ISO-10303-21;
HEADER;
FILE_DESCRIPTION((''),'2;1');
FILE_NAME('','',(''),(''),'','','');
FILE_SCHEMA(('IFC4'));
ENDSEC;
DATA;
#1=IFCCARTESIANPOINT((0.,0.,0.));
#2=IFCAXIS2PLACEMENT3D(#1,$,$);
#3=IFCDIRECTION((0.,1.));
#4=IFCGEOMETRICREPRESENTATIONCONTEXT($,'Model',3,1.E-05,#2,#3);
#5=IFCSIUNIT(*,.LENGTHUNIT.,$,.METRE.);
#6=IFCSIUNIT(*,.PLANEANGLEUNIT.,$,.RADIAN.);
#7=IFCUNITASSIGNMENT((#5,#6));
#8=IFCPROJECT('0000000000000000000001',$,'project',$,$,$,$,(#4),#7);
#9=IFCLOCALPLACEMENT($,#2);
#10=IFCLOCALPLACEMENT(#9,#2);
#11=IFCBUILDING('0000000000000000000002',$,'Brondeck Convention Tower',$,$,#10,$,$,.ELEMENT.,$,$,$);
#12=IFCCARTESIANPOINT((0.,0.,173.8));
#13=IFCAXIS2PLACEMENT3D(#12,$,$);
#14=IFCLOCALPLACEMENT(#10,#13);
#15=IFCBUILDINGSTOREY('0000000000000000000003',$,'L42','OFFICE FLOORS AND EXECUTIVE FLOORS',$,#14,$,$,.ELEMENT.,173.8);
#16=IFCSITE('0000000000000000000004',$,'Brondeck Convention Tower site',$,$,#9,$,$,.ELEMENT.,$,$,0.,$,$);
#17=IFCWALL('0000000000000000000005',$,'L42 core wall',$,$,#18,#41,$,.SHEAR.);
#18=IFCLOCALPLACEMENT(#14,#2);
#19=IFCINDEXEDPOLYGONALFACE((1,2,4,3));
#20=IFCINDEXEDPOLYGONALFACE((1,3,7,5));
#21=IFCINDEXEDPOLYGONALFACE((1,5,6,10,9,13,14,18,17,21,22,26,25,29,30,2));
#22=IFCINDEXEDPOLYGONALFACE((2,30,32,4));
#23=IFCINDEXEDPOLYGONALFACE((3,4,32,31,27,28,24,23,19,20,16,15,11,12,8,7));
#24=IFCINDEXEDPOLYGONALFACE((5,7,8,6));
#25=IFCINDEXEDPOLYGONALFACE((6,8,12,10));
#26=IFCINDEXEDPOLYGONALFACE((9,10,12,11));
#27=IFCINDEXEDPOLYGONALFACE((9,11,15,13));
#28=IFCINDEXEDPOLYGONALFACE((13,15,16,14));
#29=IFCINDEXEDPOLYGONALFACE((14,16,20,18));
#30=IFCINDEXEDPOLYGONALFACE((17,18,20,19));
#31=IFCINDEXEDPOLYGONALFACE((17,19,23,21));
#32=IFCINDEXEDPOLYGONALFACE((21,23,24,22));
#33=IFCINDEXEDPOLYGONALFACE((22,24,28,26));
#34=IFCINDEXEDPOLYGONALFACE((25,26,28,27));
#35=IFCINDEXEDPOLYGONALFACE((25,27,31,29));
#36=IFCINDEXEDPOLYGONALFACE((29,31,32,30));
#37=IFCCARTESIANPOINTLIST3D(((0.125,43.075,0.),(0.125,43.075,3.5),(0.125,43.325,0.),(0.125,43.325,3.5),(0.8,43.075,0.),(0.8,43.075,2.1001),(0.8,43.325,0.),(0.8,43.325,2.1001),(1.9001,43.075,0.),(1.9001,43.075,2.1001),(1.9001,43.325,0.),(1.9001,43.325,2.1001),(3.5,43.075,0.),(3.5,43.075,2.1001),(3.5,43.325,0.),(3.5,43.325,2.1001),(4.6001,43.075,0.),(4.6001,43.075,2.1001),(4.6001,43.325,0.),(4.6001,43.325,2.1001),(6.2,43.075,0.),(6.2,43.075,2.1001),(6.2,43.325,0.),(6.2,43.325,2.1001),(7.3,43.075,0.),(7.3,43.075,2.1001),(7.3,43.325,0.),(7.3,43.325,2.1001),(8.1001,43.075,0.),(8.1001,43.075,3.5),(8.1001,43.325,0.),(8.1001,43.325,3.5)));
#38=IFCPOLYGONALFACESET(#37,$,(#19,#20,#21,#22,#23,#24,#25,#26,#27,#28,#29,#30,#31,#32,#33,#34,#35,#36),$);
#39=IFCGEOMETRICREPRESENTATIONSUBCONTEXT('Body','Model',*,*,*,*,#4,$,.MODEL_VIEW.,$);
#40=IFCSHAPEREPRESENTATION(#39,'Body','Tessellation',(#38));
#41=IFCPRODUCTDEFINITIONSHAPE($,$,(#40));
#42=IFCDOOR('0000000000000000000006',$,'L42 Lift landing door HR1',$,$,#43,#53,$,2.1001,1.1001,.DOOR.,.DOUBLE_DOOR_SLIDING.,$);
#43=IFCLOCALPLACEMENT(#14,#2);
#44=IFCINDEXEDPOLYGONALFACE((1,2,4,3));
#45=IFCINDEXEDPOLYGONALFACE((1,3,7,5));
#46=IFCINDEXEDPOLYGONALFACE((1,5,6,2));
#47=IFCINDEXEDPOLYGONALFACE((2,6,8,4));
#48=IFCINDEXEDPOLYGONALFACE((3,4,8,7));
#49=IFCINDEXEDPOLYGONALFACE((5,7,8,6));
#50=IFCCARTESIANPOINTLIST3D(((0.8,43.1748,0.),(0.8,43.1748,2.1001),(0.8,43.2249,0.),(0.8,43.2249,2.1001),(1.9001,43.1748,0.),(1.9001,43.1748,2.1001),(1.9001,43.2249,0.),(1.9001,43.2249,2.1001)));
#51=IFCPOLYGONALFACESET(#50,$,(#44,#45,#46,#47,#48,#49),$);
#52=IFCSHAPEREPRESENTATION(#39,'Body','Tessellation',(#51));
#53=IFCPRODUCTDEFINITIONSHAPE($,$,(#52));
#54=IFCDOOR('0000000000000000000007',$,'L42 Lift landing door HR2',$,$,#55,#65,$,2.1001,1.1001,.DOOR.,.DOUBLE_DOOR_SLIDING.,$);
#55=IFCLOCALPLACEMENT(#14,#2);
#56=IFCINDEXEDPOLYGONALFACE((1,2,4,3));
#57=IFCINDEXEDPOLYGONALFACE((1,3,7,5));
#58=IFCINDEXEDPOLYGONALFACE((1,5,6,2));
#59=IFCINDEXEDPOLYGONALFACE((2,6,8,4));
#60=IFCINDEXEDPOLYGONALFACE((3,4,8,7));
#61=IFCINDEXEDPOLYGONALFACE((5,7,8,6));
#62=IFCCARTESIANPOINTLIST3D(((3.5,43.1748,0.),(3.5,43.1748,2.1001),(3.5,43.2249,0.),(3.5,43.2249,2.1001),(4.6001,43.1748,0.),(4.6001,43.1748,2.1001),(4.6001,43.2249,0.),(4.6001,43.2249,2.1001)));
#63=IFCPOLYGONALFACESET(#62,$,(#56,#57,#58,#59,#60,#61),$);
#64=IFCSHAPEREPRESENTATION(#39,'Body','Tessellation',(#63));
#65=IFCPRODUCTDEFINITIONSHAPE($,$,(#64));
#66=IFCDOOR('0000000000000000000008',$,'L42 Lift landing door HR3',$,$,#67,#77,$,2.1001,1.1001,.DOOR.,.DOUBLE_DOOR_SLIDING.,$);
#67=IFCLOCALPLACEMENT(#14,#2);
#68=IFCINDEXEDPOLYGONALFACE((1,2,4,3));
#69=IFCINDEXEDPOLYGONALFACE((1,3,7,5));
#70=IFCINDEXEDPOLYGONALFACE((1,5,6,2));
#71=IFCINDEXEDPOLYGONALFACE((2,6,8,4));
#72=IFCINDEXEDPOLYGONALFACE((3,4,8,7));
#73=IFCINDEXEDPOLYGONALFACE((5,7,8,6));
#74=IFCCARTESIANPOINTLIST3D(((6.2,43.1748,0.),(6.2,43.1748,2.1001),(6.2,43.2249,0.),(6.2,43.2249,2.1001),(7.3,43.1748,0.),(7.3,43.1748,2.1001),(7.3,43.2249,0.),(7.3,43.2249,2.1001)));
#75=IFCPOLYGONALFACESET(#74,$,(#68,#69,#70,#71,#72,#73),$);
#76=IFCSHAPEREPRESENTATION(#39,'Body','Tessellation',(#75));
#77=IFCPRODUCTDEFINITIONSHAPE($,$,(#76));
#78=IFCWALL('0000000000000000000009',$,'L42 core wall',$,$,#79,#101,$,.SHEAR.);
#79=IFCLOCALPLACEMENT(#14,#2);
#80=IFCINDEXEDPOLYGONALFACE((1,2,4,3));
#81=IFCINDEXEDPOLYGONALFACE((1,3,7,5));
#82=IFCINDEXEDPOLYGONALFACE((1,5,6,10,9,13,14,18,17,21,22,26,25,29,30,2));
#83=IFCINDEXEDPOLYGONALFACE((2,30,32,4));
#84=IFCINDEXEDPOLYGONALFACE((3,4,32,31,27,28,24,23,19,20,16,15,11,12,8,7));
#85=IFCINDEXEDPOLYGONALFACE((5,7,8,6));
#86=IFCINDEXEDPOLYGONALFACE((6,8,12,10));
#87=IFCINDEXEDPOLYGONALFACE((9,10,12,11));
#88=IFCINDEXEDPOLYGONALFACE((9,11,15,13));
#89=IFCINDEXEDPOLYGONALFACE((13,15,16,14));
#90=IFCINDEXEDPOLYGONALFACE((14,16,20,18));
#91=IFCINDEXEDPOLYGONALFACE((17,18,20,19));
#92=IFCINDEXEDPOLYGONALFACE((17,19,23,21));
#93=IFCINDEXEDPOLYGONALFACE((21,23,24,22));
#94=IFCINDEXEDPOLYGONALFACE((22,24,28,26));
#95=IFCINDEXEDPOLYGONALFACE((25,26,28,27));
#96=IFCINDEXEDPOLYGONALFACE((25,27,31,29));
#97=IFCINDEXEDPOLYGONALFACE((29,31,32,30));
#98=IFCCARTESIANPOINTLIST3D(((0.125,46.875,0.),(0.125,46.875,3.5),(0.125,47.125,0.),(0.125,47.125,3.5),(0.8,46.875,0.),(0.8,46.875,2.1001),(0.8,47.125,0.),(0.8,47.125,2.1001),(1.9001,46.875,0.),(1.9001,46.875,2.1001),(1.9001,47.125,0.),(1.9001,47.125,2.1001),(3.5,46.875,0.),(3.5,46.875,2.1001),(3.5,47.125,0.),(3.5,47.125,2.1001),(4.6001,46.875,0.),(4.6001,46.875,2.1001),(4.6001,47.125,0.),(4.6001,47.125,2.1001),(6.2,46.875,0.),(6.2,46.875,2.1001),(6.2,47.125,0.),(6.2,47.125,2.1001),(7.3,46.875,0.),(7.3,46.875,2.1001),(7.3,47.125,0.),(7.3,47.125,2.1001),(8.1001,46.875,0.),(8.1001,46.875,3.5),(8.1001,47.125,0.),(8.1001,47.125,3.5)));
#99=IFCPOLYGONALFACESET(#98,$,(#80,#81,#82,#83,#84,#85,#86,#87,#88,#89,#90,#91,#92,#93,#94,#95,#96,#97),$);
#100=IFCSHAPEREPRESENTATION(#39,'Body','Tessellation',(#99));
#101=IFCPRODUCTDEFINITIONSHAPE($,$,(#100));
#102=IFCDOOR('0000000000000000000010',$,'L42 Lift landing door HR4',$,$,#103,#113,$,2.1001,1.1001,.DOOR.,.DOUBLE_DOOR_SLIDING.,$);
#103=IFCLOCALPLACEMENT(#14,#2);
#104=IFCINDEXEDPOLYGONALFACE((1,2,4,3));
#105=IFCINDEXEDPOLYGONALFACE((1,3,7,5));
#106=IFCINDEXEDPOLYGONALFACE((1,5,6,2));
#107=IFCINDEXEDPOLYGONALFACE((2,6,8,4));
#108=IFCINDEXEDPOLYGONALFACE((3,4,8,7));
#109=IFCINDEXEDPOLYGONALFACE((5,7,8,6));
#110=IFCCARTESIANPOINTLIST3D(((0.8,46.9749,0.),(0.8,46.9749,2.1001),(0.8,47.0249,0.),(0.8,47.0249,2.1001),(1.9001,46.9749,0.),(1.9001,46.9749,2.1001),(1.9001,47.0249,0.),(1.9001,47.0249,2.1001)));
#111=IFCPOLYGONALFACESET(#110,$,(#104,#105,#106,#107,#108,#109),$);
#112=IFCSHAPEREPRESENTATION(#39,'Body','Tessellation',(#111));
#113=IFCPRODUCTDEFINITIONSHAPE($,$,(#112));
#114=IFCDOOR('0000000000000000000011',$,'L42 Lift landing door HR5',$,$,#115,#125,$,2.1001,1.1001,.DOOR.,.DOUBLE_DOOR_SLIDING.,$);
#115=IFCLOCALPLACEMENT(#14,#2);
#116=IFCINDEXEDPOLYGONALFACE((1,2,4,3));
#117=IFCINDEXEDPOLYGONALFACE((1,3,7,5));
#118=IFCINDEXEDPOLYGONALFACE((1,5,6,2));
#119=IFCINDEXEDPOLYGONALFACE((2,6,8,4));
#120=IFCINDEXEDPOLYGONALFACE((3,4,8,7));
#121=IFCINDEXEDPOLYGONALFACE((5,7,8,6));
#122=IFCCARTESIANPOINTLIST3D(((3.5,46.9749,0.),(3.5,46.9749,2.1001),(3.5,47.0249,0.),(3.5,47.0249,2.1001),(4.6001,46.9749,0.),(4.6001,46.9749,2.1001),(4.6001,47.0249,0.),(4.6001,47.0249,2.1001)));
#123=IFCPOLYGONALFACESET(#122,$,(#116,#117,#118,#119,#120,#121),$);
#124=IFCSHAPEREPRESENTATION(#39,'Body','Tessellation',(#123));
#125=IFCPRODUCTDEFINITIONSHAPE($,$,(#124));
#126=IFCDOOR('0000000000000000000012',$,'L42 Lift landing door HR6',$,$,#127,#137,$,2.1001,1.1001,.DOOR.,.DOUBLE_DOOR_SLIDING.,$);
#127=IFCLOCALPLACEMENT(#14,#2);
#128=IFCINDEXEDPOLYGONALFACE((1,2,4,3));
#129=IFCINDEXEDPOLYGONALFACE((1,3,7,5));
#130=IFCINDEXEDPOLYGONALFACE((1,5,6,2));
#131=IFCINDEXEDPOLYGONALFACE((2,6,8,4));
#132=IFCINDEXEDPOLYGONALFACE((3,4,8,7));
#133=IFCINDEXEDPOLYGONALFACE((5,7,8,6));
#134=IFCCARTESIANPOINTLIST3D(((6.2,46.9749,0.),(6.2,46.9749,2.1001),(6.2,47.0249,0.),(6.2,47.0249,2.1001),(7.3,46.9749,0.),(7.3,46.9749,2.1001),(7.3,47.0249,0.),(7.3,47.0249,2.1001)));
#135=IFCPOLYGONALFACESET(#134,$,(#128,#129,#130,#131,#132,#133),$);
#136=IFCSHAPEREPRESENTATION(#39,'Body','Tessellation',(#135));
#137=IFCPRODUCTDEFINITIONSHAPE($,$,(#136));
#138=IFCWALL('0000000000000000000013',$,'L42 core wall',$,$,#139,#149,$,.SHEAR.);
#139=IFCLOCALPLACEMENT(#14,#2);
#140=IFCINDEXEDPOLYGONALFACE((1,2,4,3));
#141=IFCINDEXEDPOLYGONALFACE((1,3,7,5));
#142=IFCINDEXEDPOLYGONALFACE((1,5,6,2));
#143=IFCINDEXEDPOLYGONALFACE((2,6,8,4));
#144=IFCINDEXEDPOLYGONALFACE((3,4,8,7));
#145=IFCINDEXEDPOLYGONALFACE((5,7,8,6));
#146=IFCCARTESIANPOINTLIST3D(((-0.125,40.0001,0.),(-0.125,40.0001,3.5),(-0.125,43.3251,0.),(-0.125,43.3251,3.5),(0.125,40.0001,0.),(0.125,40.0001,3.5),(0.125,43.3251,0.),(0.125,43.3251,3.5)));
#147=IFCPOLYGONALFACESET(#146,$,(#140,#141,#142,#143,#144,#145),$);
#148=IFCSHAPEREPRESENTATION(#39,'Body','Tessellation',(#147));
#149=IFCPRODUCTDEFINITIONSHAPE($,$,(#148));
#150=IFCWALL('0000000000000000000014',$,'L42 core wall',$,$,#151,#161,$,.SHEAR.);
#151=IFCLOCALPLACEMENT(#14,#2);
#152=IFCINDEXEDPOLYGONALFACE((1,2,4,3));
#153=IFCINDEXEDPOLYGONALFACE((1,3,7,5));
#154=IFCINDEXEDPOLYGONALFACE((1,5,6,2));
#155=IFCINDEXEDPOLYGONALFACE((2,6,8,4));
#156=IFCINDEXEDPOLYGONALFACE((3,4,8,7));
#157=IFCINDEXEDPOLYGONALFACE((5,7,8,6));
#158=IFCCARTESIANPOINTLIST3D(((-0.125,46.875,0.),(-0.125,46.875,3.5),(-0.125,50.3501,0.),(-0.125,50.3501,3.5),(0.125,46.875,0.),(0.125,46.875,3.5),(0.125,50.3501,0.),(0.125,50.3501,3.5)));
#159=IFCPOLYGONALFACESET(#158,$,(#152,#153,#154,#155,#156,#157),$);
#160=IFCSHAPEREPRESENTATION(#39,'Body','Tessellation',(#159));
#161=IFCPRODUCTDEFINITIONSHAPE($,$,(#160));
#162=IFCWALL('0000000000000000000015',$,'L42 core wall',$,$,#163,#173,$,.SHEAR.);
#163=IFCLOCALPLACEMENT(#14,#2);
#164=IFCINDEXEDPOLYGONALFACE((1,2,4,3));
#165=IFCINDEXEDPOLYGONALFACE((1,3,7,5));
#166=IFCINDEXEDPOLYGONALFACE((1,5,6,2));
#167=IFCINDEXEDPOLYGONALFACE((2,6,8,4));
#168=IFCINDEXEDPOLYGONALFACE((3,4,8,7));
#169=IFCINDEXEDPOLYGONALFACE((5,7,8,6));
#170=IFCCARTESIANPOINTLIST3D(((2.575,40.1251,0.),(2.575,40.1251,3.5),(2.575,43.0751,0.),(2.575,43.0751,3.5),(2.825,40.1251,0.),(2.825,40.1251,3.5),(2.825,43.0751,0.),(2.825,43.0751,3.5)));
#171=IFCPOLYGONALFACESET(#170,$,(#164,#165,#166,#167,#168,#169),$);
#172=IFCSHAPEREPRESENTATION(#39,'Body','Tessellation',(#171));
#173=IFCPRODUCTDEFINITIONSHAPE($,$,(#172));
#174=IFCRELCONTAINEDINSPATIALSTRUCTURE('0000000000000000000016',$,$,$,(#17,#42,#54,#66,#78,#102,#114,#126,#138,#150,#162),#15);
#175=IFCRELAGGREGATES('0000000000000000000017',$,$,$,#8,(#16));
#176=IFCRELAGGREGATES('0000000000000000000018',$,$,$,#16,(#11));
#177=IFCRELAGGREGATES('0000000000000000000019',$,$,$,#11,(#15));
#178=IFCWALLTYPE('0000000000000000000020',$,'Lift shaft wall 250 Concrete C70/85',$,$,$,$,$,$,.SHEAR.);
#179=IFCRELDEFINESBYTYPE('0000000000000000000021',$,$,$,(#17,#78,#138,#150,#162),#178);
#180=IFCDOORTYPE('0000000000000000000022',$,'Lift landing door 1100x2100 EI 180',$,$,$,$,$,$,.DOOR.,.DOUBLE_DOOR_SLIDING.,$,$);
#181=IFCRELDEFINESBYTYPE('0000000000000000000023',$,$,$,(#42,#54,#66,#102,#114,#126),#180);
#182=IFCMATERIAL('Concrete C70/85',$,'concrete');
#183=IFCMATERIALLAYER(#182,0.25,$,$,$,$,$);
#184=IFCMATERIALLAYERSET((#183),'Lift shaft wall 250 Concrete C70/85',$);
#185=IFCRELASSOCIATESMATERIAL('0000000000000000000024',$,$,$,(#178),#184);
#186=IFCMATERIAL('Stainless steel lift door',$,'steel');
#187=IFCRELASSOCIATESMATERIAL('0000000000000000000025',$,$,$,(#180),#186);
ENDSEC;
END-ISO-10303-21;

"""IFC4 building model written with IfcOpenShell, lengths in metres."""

from ifc_helpers import new_model, si_unit, direction, frame, frame_2d, origin, place, context, subcontext, project, spatial, rectangle, extrude, material, layer, layer_set, type_object, element, fill, save


model = new_model("IFC4")

# Units and contexts
model_context = context("Model", 3, precision=1e-05, world=origin(), true_north=direction((0.0, 1.0)))
body_context = subcontext(model_context, "Body", "Model", "MODEL_VIEW")
ifc_project = project(units=[si_unit("LENGTHUNIT", "METRE"), si_unit("PLANEANGLEUNIT", "RADIAN")], contexts=[model_context])

# Site, building, storey
site_placement = place(None, origin())
site = spatial("IfcSite", under=ifc_project, at=site_placement, Name="Brondeck Convention Tower site", CompositionType="ELEMENT", RefElevation=0.0)
building_placement = place(site_placement, origin())
building = spatial("IfcBuilding", under=site, at=building_placement, Name="Brondeck Convention Tower", CompositionType="ELEMENT")
storey_placement = place(building_placement, frame((0.0, 0.0, 173.8)))
storey = spatial("IfcBuildingStorey", under=building, at=storey_placement, Name="L42", Description="OFFICE FLOORS AND EXECUTIVE FLOORS", CompositionType="ELEMENT", Elevation=173.8)

# Shared definitions
ifc_material_1 = material(Name="Concrete C70/85", Category="concrete")

# Shared definitions
ifc_layer_1 = layer(ifc_material_1, 0.25)
ifc_layer_set_1 = layer_set([ifc_layer_1], Name="Lift shaft wall 250 Concrete C70/85")
wall_type_1 = type_object("IfcWallType", Name="Lift shaft wall 250 Concrete C70/85", PredefinedType="SHEAR", material=ifc_layer_set_1)

# Walls, openings, doors
wall_1_placement = place(storey_placement, frame((0.125, 43.2, 0.0), z_axis=(0.0, 0.0, 1.0), x_axis=(1.0, 0.0, 0.0)))
wall_1 = element("IfcWall", 1, at=wall_1_placement, inside=storey, type_object=wall_type_1, Name="L42 core wall", PredefinedType="SHEAR", context=body_context, shape_type="SweptSolid", body=[
    extrude(rectangle(XDim=7.9751, YDim=0.25, at=frame_2d((3.9875, 0.0))), origin(), (0.0, 0.0, 1.0), 3.5),
])
opening_1_placement = place(wall_1_placement, frame((0.675, 0.0, 0.0)))
opening_1 = element("IfcOpeningElement", 2, at=opening_1_placement, cuts=wall_1, PredefinedType="OPENING", context=body_context, shape_type="SweptSolid", body=[
    extrude(rectangle(XDim=1.1001, YDim=2.1001, at=frame_2d((0.55, 1.05))), frame((0.0, 0.135, 0.0), z_axis=(0.0, -1.0, 0.0), x_axis=(1.0, 0.0, 0.0)), (0.0, 0.0, 1.0), 0.27),
])
opening_2_placement = place(wall_1_placement, frame((3.375, 0.0, 0.0)))
opening_2 = element("IfcOpeningElement", 3, at=opening_2_placement, cuts=wall_1, PredefinedType="OPENING", context=body_context, shape_type="SweptSolid", body=[
    extrude(rectangle(XDim=1.1001, YDim=2.1001, at=frame_2d((0.55, 1.05))), frame((0.0, 0.135, 0.0), z_axis=(0.0, -1.0, 0.0), x_axis=(1.0, 0.0, 0.0)), (0.0, 0.0, 1.0), 0.27),
])
opening_3_placement = place(wall_1_placement, frame((6.075, 0.0, 0.0)))
opening_3 = element("IfcOpeningElement", 4, at=opening_3_placement, cuts=wall_1, PredefinedType="OPENING", context=body_context, shape_type="SweptSolid", body=[
    extrude(rectangle(XDim=1.1001, YDim=2.1001, at=frame_2d((0.55, 1.05))), frame((0.0, 0.135, 0.0), z_axis=(0.0, -1.0, 0.0), x_axis=(1.0, 0.0, 0.0)), (0.0, 0.0, 1.0), 0.27),
])
ifc_material_2 = material(Name="Stainless steel lift door", Category="steel")
door_type_1 = type_object("IfcDoorType", Name="Lift landing door 1100x2100 EI 180", OperationType="DOUBLE_DOOR_SLIDING", PredefinedType="DOOR", material=ifc_material_2)
door_1_placement = place(opening_1_placement, origin())
door_1 = element("IfcDoor", 5, at=door_1_placement, inside=storey, type_object=door_type_1, Name="L42 Lift landing door HR1", OperationType="DOUBLE_DOOR_SLIDING", OverallHeight=2.1001, OverallWidth=1.1001, PredefinedType="DOOR", context=body_context, shape_type="SweptSolid", body=[
    extrude(rectangle(XDim=1.1001, YDim=2.1001, at=frame_2d((0.55, 1.05))), frame((0.0, 0.0249, 0.0), z_axis=(0.0, -1.0, 0.0), x_axis=(1.0, 0.0, 0.0)), (0.0, 0.0, 1.0), 0.05),
])
fill(opening_1, door_1)
door_2_placement = place(opening_2_placement, origin())
door_2 = element("IfcDoor", 6, at=door_2_placement, inside=storey, type_object=door_type_1, Name="L42 Lift landing door HR2", OperationType="DOUBLE_DOOR_SLIDING", OverallHeight=2.1001, OverallWidth=1.1001, PredefinedType="DOOR", context=body_context, shape_type="SweptSolid", body=[
    extrude(rectangle(XDim=1.1001, YDim=2.1001, at=frame_2d((0.55, 1.05))), frame((0.0, 0.0249, 0.0), z_axis=(0.0, -1.0, 0.0), x_axis=(1.0, 0.0, 0.0)), (0.0, 0.0, 1.0), 0.05),
])
fill(opening_2, door_2)
door_3_placement = place(opening_3_placement, origin())
door_3 = element("IfcDoor", 7, at=door_3_placement, inside=storey, type_object=door_type_1, Name="L42 Lift landing door HR3", OperationType="DOUBLE_DOOR_SLIDING", OverallHeight=2.1001, OverallWidth=1.1001, PredefinedType="DOOR", context=body_context, shape_type="SweptSolid", body=[
    extrude(rectangle(XDim=1.1001, YDim=2.1001, at=frame_2d((0.55, 1.05))), frame((0.0, 0.0249, 0.0), z_axis=(0.0, -1.0, 0.0), x_axis=(1.0, 0.0, 0.0)), (0.0, 0.0, 1.0), 0.05),
])
fill(opening_3, door_3)
wall_2_placement = place(storey_placement, frame((0.125, 47.0, 0.0), z_axis=(0.0, 0.0, 1.0), x_axis=(1.0, 0.0, 0.0)))
wall_2 = element("IfcWall", 8, at=wall_2_placement, inside=storey, type_object=wall_type_1, Name="L42 core wall", PredefinedType="SHEAR", context=body_context, shape_type="SweptSolid", body=[
    extrude(rectangle(XDim=7.9751, YDim=0.25, at=frame_2d((3.9875, 0.0))), origin(), (0.0, 0.0, 1.0), 3.5),
])
opening_4_placement = place(wall_2_placement, frame((0.675, 0.0, 0.0)))
opening_4 = element("IfcOpeningElement", 9, at=opening_4_placement, cuts=wall_2, PredefinedType="OPENING", context=body_context, shape_type="SweptSolid", body=[
    extrude(rectangle(XDim=1.1001, YDim=2.1001, at=frame_2d((0.55, 1.05))), frame((0.0, 0.135, 0.0), z_axis=(0.0, -1.0, 0.0), x_axis=(1.0, 0.0, 0.0)), (0.0, 0.0, 1.0), 0.27),
])
opening_5_placement = place(wall_2_placement, frame((3.375, 0.0, 0.0)))
opening_5 = element("IfcOpeningElement", 10, at=opening_5_placement, cuts=wall_2, PredefinedType="OPENING", context=body_context, shape_type="SweptSolid", body=[
    extrude(rectangle(XDim=1.1001, YDim=2.1001, at=frame_2d((0.55, 1.05))), frame((0.0, 0.135, 0.0), z_axis=(0.0, -1.0, 0.0), x_axis=(1.0, 0.0, 0.0)), (0.0, 0.0, 1.0), 0.27),
])
opening_6_placement = place(wall_2_placement, frame((6.075, 0.0, 0.0)))
opening_6 = element("IfcOpeningElement", 11, at=opening_6_placement, cuts=wall_2, PredefinedType="OPENING", context=body_context, shape_type="SweptSolid", body=[
    extrude(rectangle(XDim=1.1001, YDim=2.1001, at=frame_2d((0.55, 1.05))), frame((0.0, 0.135, 0.0), z_axis=(0.0, -1.0, 0.0), x_axis=(1.0, 0.0, 0.0)), (0.0, 0.0, 1.0), 0.27),
])
door_4_placement = place(opening_4_placement, origin())
door_4 = element("IfcDoor", 12, at=door_4_placement, inside=storey, type_object=door_type_1, Name="L42 Lift landing door HR4", OperationType="DOUBLE_DOOR_SLIDING", OverallHeight=2.1001, OverallWidth=1.1001, PredefinedType="DOOR", context=body_context, shape_type="SweptSolid", body=[
    extrude(rectangle(XDim=1.1001, YDim=2.1001, at=frame_2d((0.55, 1.05))), frame((0.0, 0.0249, 0.0), z_axis=(0.0, -1.0, 0.0), x_axis=(1.0, 0.0, 0.0)), (0.0, 0.0, 1.0), 0.05),
])
fill(opening_4, door_4)
door_5_placement = place(opening_5_placement, origin())
door_5 = element("IfcDoor", 13, at=door_5_placement, inside=storey, type_object=door_type_1, Name="L42 Lift landing door HR5", OperationType="DOUBLE_DOOR_SLIDING", OverallHeight=2.1001, OverallWidth=1.1001, PredefinedType="DOOR", context=body_context, shape_type="SweptSolid", body=[
    extrude(rectangle(XDim=1.1001, YDim=2.1001, at=frame_2d((0.55, 1.05))), frame((0.0, 0.0249, 0.0), z_axis=(0.0, -1.0, 0.0), x_axis=(1.0, 0.0, 0.0)), (0.0, 0.0, 1.0), 0.05),
])
fill(opening_5, door_5)
door_6_placement = place(opening_6_placement, origin())
door_6 = element("IfcDoor", 14, at=door_6_placement, inside=storey, type_object=door_type_1, Name="L42 Lift landing door HR6", OperationType="DOUBLE_DOOR_SLIDING", OverallHeight=2.1001, OverallWidth=1.1001, PredefinedType="DOOR", context=body_context, shape_type="SweptSolid", body=[
    extrude(rectangle(XDim=1.1001, YDim=2.1001, at=frame_2d((0.55, 1.05))), frame((0.0, 0.0249, 0.0), z_axis=(0.0, -1.0, 0.0), x_axis=(1.0, 0.0, 0.0)), (0.0, 0.0, 1.0), 0.05),
])
fill(opening_6, door_6)

# Walls
wall_3_placement = place(storey_placement, frame((0.0, 40.0, 0.0), z_axis=(0.0, 0.0, 1.0), x_axis=(0.0, 1.0, 0.0)))
element("IfcWall", 15, at=wall_3_placement, inside=storey, type_object=wall_type_1, Name="L42 core wall", PredefinedType="SHEAR", context=body_context, shape_type="SweptSolid", body=[
    extrude(rectangle(XDim=3.325, YDim=0.25, at=frame_2d((1.6626, 0.0))), origin(), (0.0, 0.0, 1.0), 3.5),
])
wall_4_placement = place(storey_placement, frame((0.0, 46.875, 0.0), z_axis=(0.0, 0.0, 1.0), x_axis=(0.0, 1.0, 0.0)))
element("IfcWall", 16, at=wall_4_placement, inside=storey, type_object=wall_type_1, Name="L42 core wall", PredefinedType="SHEAR", context=body_context, shape_type="SweptSolid", body=[
    extrude(rectangle(XDim=3.4751, YDim=0.25, at=frame_2d((1.7375, 0.0))), origin(), (0.0, 0.0, 1.0), 3.5),
])
for number, where, z_axis, x_axis, name in (
    (17, (2.7, 40.125, 0.0), (0.0, 0.0, 1.0), (0.0, 1.0, 0.0), "L42 core wall"),
):
    element("IfcWall", number, at=place(storey_placement, frame(where, z_axis=z_axis, x_axis=x_axis)), inside=storey, type_object=wall_type_1, Name=name, PredefinedType="SHEAR", context=body_context, shape_type="SweptSolid", body=[
        extrude(rectangle(XDim=2.95, YDim=0.25, at=frame_2d((1.4751, 0.0))), origin(), (0.0, 0.0, 1.0), 3.5),
    ])

save(model, "model.ifc")
